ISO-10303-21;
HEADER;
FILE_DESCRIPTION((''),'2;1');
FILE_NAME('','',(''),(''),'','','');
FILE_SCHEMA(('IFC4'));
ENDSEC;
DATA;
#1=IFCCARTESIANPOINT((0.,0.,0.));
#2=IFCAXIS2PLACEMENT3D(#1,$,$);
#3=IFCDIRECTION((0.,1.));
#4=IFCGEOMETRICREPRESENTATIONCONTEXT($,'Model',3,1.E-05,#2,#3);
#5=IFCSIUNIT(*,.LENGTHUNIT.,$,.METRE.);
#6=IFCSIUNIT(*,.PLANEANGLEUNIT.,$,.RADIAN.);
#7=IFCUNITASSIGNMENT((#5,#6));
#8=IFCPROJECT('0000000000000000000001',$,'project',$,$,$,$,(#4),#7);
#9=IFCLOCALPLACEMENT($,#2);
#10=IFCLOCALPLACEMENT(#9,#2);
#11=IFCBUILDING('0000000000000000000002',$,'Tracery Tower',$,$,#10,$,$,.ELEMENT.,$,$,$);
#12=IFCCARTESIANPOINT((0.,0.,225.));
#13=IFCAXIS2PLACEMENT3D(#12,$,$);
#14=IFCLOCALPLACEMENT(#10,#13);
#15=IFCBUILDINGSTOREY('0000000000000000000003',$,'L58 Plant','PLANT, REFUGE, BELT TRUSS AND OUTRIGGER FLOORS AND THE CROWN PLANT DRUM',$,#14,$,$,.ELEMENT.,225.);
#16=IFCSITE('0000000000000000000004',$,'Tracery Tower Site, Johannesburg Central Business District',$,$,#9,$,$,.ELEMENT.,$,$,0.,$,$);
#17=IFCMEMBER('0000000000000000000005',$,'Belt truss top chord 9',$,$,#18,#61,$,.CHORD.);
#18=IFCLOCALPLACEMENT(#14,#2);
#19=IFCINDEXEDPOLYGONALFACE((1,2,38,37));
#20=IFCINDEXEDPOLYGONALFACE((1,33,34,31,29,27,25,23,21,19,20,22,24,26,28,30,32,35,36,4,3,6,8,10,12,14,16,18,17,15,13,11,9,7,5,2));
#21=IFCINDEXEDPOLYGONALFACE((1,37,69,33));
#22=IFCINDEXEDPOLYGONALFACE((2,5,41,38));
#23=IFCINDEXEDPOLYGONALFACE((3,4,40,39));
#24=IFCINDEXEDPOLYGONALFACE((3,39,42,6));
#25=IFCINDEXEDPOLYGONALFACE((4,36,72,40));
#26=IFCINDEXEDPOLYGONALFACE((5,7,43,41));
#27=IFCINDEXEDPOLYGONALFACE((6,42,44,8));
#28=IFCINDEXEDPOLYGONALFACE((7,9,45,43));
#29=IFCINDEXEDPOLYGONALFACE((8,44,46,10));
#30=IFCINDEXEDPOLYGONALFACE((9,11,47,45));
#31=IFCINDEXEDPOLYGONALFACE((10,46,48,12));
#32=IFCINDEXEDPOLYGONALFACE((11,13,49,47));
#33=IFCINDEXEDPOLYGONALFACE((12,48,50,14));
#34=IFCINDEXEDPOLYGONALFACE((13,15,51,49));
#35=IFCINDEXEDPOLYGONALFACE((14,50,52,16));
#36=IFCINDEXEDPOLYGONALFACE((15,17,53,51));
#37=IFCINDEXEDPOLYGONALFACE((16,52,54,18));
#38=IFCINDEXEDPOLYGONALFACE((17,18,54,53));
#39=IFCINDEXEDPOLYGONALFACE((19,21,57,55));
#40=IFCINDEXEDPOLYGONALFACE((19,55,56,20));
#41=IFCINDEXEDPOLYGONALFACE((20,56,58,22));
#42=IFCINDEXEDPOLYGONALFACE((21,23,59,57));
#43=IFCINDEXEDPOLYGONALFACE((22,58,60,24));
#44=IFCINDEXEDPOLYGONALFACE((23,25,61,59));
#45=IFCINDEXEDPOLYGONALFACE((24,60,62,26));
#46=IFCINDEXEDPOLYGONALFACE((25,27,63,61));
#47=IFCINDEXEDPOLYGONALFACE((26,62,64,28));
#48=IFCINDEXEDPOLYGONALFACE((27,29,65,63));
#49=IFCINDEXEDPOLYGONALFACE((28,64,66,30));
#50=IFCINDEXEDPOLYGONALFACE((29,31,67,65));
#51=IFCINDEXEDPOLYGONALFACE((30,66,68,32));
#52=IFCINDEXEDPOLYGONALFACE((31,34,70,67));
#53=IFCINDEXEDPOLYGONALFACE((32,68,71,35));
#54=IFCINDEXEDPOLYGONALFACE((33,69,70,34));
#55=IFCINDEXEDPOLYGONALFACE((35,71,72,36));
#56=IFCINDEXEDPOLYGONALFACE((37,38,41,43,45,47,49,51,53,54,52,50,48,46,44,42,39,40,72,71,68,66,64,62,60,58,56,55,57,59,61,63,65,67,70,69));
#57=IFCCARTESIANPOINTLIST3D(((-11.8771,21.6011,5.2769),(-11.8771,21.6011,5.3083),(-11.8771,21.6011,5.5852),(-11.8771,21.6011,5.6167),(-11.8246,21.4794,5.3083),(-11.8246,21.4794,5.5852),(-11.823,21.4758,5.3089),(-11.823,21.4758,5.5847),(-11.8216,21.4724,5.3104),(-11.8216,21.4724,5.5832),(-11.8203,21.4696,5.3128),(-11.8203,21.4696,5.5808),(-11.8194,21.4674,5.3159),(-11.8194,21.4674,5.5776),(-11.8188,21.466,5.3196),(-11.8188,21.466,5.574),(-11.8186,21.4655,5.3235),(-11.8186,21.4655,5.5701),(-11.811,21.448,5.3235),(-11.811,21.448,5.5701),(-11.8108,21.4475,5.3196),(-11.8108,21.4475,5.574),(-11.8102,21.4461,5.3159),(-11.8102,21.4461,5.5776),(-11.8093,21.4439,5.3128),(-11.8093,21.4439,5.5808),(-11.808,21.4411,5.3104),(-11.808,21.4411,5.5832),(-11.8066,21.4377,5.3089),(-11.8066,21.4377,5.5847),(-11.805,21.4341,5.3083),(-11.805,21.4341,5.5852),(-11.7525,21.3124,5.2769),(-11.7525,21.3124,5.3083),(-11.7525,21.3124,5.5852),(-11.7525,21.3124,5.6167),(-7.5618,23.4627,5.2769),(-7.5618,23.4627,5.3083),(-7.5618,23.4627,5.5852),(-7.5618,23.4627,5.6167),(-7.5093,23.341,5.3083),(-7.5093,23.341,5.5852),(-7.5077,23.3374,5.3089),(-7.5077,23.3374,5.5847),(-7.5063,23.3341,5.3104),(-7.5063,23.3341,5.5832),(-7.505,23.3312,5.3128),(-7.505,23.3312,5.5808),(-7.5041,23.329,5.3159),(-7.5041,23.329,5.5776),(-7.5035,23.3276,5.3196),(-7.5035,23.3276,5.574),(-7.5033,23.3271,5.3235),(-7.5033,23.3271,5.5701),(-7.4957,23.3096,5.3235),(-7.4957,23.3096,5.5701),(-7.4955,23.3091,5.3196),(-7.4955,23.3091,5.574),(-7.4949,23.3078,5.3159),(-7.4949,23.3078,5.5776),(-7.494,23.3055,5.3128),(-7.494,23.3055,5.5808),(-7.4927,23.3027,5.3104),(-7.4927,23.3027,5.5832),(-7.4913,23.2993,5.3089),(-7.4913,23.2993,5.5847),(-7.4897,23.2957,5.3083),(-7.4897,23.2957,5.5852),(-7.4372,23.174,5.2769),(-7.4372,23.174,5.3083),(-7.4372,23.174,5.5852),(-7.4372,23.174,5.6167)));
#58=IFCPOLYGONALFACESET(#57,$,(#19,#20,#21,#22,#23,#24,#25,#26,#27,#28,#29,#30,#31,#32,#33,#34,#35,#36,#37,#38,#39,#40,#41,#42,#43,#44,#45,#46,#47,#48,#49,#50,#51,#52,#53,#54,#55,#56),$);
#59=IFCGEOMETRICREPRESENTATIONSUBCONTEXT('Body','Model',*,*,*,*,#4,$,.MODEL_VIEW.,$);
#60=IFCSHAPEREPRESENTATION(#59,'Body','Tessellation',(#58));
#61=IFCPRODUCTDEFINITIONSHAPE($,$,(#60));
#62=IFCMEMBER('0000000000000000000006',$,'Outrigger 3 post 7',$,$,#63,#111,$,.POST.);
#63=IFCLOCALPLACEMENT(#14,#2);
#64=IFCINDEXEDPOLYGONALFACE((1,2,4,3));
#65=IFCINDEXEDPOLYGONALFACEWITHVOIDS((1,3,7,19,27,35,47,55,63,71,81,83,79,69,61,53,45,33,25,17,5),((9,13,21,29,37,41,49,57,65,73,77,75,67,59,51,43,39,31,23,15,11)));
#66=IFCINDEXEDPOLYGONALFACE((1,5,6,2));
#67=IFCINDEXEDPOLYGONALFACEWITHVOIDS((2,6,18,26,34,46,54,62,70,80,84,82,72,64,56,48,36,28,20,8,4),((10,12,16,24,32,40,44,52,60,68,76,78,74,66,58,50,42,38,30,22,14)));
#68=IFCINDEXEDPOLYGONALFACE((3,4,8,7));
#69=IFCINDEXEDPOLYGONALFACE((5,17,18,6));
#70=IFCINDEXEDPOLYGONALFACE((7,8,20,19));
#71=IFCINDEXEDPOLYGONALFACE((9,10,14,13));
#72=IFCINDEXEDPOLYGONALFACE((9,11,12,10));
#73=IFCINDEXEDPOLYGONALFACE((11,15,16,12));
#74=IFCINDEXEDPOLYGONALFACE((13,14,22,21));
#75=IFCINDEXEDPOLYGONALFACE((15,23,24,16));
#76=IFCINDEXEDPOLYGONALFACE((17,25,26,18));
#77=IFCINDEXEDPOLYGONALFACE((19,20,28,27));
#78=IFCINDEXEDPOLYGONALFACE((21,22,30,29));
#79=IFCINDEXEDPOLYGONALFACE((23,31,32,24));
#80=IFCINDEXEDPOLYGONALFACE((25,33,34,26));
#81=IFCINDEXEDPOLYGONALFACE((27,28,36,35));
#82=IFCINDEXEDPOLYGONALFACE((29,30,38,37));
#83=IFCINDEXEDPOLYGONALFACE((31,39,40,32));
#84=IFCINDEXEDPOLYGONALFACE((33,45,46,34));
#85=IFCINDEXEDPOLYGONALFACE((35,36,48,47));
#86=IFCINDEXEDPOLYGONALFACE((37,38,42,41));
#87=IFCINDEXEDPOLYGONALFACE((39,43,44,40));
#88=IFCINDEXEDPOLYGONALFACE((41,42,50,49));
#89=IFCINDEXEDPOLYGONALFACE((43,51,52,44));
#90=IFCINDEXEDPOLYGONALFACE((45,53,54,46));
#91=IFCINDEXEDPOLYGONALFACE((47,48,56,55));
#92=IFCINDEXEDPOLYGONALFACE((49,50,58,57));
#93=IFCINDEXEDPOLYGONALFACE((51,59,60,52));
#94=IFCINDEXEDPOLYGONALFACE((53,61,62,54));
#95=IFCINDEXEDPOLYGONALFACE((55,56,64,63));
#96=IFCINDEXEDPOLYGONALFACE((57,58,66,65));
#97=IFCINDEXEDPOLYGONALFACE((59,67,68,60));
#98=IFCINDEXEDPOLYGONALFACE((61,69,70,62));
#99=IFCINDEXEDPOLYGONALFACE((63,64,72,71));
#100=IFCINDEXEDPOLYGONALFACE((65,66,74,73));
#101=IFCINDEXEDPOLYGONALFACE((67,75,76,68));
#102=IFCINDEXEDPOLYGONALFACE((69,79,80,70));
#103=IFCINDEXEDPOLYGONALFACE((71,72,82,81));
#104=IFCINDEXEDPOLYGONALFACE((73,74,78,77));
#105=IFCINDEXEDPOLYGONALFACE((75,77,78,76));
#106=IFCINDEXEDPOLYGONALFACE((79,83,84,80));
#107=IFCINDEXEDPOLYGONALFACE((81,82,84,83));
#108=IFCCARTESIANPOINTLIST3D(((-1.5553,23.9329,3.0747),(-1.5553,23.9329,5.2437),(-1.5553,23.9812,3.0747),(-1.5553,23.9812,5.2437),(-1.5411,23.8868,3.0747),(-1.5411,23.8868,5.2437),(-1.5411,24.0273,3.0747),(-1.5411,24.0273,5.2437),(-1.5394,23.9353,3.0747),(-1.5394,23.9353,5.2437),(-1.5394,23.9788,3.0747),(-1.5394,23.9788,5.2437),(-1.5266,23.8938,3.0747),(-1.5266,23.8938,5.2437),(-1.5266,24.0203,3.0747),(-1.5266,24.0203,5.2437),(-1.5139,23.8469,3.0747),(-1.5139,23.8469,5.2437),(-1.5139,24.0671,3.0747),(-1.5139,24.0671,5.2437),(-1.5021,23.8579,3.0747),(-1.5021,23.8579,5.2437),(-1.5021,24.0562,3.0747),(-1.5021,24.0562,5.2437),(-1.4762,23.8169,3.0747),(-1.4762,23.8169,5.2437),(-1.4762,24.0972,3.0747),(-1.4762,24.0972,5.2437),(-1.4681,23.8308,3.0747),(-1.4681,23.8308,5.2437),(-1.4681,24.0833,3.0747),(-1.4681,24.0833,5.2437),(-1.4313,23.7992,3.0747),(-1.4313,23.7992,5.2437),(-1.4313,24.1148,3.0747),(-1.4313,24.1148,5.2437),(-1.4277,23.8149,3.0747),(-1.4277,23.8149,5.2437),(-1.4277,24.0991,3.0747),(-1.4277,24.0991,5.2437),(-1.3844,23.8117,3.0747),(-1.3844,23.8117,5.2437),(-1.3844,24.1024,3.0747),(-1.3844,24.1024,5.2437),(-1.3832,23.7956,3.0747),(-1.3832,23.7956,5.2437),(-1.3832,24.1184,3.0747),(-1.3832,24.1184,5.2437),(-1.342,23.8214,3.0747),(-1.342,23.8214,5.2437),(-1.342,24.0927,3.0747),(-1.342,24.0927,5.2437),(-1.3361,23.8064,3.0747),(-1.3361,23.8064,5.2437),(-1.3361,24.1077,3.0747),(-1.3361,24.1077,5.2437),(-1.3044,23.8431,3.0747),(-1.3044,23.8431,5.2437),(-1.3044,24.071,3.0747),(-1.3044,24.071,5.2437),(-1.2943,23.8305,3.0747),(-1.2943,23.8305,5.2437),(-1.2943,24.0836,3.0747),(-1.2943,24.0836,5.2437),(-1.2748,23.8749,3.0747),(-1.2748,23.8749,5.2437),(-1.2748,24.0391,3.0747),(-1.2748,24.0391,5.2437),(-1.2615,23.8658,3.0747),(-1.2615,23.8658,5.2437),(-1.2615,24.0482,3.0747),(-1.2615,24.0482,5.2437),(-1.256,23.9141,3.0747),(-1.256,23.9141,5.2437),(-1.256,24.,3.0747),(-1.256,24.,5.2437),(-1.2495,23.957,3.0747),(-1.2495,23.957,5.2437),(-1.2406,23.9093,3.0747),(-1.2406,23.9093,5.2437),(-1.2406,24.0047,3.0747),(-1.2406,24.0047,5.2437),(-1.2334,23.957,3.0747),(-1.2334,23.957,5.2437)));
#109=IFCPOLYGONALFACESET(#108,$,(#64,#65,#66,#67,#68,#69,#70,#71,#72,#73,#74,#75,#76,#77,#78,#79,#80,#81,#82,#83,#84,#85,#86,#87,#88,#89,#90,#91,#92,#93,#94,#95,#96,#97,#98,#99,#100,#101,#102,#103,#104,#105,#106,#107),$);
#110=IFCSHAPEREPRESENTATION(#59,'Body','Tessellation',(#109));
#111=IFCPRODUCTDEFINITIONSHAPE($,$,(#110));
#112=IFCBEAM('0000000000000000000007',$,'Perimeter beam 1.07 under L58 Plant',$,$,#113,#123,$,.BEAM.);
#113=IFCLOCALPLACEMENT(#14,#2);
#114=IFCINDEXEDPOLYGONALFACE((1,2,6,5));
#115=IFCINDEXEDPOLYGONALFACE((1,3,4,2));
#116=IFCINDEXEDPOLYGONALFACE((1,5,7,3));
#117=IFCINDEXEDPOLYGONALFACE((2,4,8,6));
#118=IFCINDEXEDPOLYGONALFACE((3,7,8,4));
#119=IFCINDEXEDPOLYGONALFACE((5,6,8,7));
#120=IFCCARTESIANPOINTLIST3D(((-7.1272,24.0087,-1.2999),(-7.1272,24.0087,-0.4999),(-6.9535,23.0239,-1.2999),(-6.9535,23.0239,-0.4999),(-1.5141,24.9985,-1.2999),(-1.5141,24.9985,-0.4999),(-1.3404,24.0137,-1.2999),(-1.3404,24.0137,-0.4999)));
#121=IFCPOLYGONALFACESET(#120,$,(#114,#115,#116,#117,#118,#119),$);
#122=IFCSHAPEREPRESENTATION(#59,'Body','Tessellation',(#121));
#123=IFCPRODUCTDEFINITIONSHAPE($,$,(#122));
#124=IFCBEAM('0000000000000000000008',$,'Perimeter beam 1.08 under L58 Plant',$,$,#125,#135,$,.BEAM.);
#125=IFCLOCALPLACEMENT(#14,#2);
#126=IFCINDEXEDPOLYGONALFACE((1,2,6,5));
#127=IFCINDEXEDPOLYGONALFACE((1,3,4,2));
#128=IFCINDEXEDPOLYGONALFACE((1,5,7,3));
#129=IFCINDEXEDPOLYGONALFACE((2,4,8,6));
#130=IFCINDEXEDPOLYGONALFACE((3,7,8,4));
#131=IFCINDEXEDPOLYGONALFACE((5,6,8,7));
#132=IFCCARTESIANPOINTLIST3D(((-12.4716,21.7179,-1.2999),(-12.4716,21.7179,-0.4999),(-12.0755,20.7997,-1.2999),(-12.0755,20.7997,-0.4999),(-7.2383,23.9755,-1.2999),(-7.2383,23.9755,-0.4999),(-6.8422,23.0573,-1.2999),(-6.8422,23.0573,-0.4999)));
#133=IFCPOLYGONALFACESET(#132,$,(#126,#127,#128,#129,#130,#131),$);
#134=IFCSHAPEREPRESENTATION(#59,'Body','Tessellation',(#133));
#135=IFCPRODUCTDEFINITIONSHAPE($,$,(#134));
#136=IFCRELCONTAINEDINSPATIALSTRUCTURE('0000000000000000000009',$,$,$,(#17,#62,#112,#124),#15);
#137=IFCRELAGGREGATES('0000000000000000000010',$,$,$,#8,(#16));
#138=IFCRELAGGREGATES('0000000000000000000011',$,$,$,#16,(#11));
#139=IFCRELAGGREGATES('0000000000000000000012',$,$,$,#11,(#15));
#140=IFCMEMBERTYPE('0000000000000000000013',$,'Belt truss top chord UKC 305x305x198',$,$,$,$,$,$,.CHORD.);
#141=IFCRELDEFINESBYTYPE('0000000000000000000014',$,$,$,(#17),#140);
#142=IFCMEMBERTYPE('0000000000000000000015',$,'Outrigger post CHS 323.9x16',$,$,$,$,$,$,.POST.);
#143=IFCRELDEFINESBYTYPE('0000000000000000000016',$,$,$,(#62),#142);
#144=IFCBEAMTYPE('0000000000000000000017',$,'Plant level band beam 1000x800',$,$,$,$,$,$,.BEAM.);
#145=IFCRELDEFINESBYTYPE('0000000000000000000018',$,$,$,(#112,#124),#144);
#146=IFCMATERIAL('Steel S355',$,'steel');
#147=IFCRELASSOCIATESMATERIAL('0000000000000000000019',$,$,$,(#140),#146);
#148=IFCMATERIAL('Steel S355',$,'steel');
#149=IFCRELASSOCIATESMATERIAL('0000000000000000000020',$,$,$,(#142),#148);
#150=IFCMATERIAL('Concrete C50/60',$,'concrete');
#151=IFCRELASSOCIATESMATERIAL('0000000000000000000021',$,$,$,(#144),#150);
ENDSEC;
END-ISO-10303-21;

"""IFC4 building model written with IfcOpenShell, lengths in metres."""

from ifc_helpers import new_model, si_unit, direction, frame, origin, origin_2d, place, context, subcontext, project, spatial, rectangle, hollow_circle, i_section, extrude, material, material_profile, profile_set, type_object, element, save


model = new_model("IFC4")

# Units and contexts
model_context = context("Model", 3, precision=1e-05, world=origin(), true_north=direction((0.0, 1.0)))
body_context = subcontext(model_context, "Body", "Model", "MODEL_VIEW")
ifc_project = project(units=[si_unit("LENGTHUNIT", "METRE"), si_unit("PLANEANGLEUNIT", "RADIAN")], contexts=[model_context])

# Site, building, storey
site_placement = place(None, origin())
site = spatial("IfcSite", under=ifc_project, at=site_placement, Name="Tracery Tower Site, Johannesburg Central Business District", CompositionType="ELEMENT", RefElevation=0.0)
building_placement = place(site_placement, origin())
building = spatial("IfcBuilding", under=site, at=building_placement, Name="Tracery Tower", CompositionType="ELEMENT")
storey_placement = place(building_placement, frame((0.0, 0.0, 225.0)))
storey = spatial("IfcBuildingStorey", under=building, at=storey_placement, Name="L58 Plant", Description="PLANT, REFUGE, BELT TRUSS AND OUTRIGGER FLOORS AND THE CROWN PLANT DRUM", CompositionType="ELEMENT", Elevation=225.0)

# Members
ifc_material_1 = material(Name="Steel S355", Category="steel")
ifc_material_profile_1 = material_profile(ifc_material_1, i_section(OverallWidth=0.3145, OverallDepth=0.3398, WebThickness=0.019, FlangeThickness=0.0315, FilletRadius=0.0151, at=origin_2d()), Name="UKC 305x305x198")
ifc_profile_set_1 = profile_set([ifc_material_profile_1], Name="Steel S355")
member_type_1 = type_object("IfcMemberType", Name="Belt truss top chord UKC 305x305x198", PredefinedType="CHORD", material=ifc_profile_set_1)
for number, where, z_axis, x_axis, name in (
    (1, (-7.4995, 23.3184, 5.4468), (-0.918202, -0.396113, 0.0), (0.396113, -0.918202, 0.0), "Belt truss top chord 9"),
):
    element("IfcMember", number, at=place(storey_placement, frame(where, z_axis=z_axis, x_axis=x_axis)), inside=storey, type_object=member_type_1, Name=name, PredefinedType="CHORD", context=body_context, shape_type="SweptSolid", body=[
        extrude(i_section(OverallWidth=0.3145, OverallDepth=0.3398, WebThickness=0.019, FlangeThickness=0.0315, FilletRadius=0.0151, at=origin_2d()), origin(), (0.0, 0.0, 1.0), 4.6997),
    ])
ifc_material_2 = material(Name="Steel S355", Category="steel")
ifc_material_profile_2 = material_profile(ifc_material_2, hollow_circle(Radius=0.1619, WallThickness=0.0161, at=origin_2d()), Name="CHS 323.9x16")
ifc_profile_set_2 = profile_set([ifc_material_profile_2], Name="Steel S355")
member_type_2 = type_object("IfcMemberType", Name="Outrigger post CHS 323.9x16", PredefinedType="POST", material=ifc_profile_set_2)
member_1_placement = place(storey_placement, frame((-1.3953, 23.957, 3.0747), z_axis=(0.0, 0.0, 1.0), x_axis=(1.0, 0.0, 0.0)))
element("IfcMember", 2, at=member_1_placement, inside=storey, type_object=member_type_2, Name="Outrigger 3 post 7", PredefinedType="POST", context=body_context, shape_type="SweptSolid", body=[
    extrude(hollow_circle(Radius=0.1619, WallThickness=0.0161, at=origin_2d()), origin(), (0.0, 0.0, 1.0), 2.1689),
])

# Beams
ifc_material_3 = material(Name="Concrete C50/60", Category="concrete")
ifc_material_profile_3 = material_profile(ifc_material_3, rectangle(XDim=1.0, YDim=0.8, at=origin_2d()), Name="RC 1000x800")
ifc_profile_set_3 = profile_set([ifc_material_profile_3], Name="Concrete C50/60")
beam_type = type_object("IfcBeamType", Name="Plant level band beam 1000x800", PredefinedType="BEAM", material=ifc_profile_set_3)
beam_1_placement = place(storey_placement, frame((-1.4272, 24.5061, -0.8999), z_axis=(-0.984807, -0.173651, 0.0), x_axis=(0.173651, -0.984807, 0.0)))
element("IfcBeam", 3, at=beam_1_placement, inside=storey, type_object=beam_type, Name="Perimeter beam 1.07 under L58 Plant", PredefinedType="BEAM", context=body_context, shape_type="SweptSolid", body=[
    extrude(rectangle(XDim=1.0, YDim=0.8, at=origin_2d()), origin(), (0.0, 0.0, 1.0), 5.6997),
])
beam_2_placement = place(storey_placement, frame((-7.0403, 23.5164, -0.8999), z_axis=(-0.91821, -0.396095, 0.0), x_axis=(0.396095, -0.91821, 0.0)))
element("IfcBeam", 4, at=beam_2_placement, inside=storey, type_object=beam_type, Name="Perimeter beam 1.08 under L58 Plant", PredefinedType="BEAM", context=body_context, shape_type="SweptSolid", body=[
    extrude(rectangle(XDim=1.0, YDim=0.8, at=origin_2d()), origin(), (0.0, 0.0, 1.0), 5.6995),
])

save(model, "model.ifc")
